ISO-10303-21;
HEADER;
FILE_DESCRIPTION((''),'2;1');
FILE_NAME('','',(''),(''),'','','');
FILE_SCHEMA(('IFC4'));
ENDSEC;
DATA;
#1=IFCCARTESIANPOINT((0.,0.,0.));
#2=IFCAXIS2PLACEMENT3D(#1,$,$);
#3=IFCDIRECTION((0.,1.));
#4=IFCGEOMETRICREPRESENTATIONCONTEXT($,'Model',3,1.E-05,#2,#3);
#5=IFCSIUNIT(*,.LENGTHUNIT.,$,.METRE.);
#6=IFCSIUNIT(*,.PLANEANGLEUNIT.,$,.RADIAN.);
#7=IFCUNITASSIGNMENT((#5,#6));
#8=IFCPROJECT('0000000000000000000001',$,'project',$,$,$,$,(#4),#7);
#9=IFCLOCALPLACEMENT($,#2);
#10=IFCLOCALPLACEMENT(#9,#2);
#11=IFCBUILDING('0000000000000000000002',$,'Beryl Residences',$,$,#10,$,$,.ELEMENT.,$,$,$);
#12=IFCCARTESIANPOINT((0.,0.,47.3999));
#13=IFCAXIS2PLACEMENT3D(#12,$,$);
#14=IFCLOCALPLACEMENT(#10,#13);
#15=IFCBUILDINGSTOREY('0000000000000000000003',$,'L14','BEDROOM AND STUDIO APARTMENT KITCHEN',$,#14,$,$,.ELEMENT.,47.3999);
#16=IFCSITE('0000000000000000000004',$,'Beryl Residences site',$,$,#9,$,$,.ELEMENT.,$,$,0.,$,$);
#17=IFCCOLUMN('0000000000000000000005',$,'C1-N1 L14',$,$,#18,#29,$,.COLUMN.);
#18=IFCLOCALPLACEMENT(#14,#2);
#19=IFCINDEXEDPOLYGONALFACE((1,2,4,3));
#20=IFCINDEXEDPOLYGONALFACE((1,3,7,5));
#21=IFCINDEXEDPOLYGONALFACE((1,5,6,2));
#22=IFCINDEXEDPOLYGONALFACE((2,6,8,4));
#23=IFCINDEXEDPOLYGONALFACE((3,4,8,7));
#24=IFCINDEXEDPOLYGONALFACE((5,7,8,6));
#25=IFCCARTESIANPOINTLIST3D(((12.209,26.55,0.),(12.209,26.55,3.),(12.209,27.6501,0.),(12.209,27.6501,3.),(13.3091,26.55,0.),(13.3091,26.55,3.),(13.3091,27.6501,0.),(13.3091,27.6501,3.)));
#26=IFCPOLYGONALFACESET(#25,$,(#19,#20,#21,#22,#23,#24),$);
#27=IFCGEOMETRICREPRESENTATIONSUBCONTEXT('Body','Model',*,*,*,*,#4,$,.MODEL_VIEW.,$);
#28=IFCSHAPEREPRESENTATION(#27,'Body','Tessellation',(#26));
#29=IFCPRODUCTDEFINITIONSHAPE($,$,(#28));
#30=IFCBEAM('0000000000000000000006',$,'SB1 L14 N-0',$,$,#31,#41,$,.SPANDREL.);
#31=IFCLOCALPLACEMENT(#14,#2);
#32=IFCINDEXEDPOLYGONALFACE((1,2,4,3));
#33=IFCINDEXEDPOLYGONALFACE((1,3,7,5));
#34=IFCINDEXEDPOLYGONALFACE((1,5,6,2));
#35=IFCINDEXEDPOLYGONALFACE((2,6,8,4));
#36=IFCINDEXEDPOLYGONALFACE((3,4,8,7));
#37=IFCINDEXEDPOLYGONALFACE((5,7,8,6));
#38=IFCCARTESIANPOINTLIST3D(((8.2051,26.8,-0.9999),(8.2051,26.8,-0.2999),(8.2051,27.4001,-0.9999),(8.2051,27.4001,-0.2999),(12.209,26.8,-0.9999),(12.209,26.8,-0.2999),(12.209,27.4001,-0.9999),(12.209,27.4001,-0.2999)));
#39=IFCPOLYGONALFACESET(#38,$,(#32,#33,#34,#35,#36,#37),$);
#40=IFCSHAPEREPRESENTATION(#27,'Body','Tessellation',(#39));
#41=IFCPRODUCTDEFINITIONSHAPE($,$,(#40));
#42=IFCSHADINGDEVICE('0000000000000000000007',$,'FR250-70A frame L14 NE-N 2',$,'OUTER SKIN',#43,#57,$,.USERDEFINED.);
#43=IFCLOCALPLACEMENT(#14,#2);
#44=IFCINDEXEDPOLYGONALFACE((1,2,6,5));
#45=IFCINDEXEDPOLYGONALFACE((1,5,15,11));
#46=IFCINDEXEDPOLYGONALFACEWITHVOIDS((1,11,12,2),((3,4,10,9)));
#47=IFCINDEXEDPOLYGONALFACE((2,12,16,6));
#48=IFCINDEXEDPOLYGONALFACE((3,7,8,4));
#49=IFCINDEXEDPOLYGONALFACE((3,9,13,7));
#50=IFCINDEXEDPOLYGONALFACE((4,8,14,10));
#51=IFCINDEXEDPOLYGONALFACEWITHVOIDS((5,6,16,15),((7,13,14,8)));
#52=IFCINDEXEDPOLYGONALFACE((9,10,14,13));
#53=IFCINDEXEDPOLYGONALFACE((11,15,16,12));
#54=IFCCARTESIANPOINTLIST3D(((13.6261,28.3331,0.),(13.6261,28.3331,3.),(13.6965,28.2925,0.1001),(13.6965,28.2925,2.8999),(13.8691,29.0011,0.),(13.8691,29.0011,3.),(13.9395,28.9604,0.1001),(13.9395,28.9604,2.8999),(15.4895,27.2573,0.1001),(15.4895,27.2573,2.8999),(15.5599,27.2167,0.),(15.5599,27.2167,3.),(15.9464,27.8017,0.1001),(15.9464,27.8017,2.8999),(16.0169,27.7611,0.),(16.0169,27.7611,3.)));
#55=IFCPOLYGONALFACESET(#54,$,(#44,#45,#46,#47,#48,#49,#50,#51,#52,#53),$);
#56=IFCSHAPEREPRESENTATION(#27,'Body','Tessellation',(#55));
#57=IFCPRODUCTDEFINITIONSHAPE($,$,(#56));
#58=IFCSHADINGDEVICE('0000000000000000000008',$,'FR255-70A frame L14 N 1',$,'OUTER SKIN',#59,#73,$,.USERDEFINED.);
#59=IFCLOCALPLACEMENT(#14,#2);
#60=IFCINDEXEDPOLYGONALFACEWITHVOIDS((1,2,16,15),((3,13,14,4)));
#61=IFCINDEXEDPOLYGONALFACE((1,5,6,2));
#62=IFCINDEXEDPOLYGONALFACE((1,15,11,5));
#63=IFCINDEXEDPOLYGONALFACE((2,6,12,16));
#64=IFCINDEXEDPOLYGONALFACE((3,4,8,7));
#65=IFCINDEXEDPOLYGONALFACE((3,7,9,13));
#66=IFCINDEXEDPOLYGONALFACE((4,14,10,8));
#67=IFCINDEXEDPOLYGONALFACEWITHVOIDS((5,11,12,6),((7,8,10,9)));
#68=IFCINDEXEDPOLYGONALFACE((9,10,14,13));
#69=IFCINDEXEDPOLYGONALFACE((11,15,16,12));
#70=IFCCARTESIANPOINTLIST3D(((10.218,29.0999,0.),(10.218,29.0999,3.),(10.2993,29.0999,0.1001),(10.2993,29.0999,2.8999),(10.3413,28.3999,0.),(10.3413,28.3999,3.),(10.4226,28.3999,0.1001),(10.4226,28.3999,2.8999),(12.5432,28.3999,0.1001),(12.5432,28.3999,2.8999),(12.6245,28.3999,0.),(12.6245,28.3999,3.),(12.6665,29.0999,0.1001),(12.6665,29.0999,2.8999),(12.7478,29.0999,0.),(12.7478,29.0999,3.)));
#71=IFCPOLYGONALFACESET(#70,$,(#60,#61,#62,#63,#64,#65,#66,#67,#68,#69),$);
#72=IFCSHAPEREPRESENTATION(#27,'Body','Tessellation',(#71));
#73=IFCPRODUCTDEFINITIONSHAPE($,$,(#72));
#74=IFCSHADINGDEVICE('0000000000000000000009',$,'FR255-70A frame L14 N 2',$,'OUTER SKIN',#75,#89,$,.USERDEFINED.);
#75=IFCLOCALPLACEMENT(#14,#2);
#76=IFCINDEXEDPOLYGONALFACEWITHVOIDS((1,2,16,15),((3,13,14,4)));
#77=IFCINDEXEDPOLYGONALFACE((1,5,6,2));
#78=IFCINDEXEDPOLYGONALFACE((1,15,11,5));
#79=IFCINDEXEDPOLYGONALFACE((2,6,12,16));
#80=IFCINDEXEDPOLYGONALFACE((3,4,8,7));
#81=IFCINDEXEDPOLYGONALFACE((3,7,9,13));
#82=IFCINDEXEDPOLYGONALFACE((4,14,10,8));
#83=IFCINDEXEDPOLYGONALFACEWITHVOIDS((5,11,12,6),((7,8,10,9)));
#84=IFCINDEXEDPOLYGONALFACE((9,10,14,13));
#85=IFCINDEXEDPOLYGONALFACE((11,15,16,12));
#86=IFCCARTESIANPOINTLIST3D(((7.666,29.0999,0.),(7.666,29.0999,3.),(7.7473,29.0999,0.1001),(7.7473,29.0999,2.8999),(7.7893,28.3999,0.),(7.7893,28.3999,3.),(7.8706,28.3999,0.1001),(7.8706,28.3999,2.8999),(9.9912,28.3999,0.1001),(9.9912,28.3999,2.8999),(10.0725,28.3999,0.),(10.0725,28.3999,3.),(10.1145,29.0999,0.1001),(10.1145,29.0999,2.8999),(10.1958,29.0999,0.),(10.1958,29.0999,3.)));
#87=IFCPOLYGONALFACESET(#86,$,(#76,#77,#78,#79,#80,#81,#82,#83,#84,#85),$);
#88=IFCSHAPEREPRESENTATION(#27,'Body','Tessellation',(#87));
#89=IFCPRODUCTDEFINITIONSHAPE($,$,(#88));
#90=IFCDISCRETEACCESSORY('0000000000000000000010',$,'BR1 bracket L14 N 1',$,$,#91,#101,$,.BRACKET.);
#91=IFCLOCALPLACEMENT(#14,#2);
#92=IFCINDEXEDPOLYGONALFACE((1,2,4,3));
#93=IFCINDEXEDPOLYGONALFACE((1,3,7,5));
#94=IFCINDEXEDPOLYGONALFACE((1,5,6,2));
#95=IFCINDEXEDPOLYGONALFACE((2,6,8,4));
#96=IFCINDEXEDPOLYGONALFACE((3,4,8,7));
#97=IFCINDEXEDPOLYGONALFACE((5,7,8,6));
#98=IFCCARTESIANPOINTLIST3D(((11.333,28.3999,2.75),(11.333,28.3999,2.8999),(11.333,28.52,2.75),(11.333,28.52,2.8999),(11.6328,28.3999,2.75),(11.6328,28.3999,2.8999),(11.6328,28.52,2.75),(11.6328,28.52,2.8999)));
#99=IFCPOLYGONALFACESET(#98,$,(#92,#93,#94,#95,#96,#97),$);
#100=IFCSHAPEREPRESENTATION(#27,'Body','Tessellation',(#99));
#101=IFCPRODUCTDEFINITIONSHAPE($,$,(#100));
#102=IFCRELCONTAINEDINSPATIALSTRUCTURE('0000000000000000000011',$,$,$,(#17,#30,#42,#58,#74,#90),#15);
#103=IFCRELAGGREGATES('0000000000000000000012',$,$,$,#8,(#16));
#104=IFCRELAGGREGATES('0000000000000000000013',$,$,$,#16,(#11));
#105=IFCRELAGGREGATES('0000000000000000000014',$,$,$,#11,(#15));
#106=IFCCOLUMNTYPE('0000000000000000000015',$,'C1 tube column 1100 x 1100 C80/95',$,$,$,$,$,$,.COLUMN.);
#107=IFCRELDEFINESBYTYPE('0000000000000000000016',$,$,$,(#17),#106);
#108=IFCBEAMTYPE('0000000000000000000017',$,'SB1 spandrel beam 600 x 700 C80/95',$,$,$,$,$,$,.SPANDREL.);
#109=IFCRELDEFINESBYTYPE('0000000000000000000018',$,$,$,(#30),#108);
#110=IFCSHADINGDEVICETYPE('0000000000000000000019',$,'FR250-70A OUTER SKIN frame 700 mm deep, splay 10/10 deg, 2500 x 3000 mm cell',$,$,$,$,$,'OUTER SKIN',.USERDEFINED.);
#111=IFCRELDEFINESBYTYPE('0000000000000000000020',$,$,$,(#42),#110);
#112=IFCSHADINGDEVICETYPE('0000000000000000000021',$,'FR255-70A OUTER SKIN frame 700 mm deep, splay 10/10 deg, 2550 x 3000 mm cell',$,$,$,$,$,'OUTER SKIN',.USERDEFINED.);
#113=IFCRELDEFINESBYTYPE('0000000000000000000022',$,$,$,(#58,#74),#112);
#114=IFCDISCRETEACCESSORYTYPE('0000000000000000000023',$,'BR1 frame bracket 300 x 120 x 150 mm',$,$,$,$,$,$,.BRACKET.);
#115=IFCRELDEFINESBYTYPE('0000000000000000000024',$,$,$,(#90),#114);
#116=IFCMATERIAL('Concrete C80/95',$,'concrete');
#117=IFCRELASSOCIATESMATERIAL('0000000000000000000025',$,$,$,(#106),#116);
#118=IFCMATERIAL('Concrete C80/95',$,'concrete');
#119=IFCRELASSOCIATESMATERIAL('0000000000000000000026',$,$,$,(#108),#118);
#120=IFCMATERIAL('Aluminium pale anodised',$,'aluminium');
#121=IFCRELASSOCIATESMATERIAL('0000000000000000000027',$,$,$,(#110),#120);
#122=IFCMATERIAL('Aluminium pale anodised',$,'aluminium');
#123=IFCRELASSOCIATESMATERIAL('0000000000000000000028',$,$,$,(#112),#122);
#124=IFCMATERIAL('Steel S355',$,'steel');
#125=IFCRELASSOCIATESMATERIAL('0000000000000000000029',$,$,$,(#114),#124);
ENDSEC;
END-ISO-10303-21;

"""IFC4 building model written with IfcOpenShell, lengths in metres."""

from ifc_helpers import new_model, entity, si_unit, direction, frame, origin, origin_2d, place, context, subcontext, project, spatial, polyline, rectangle, outline, extrude, source, transform, mapped, material, material_profile, profile_set, type_object, type_shapes, element, save


model = new_model("IFC4")

# Units and contexts
model_context = context("Model", 3, precision=1e-05, world=origin(), true_north=direction((0.0, 1.0)))
body_context = subcontext(model_context, "Body", "Model", "MODEL_VIEW")
ifc_project = project(units=[si_unit("LENGTHUNIT", "METRE"), si_unit("PLANEANGLEUNIT", "RADIAN")], contexts=[model_context])

# Site, building, storey
site_placement = place(None, origin())
site = spatial("IfcSite", under=ifc_project, at=site_placement, Name="Beryl Residences site", CompositionType="ELEMENT", RefElevation=0.0)
building_placement = place(site_placement, origin())
building = spatial("IfcBuilding", under=site, at=building_placement, Name="Beryl Residences", CompositionType="ELEMENT")
storey_placement = place(building_placement, frame((0.0, 0.0, 47.3999)))
storey = spatial("IfcBuildingStorey", under=building, at=storey_placement, Name="L14", Description="BEDROOM AND STUDIO APARTMENT KITCHEN", CompositionType="ELEMENT", Elevation=47.3999)

# Column
ifc_material_1 = material(Name="Concrete C80/95", Category="concrete")
ifc_material_profile_1 = material_profile(ifc_material_1, rectangle(XDim=1.1001, YDim=1.1001, at=origin_2d()))
ifc_profile_set_1 = profile_set([ifc_material_profile_1], Name="Concrete C80/95")
column_type = type_object("IfcColumnType", Name="C1 tube column 1100 x 1100 C80/95", PredefinedType="COLUMN", material=ifc_profile_set_1)
column_placement = place(storey_placement, frame((12.759, 27.1001, 0.0), z_axis=(0.0, 0.0, 1.0), x_axis=(-1.0, 0.0, 0.0)))
element("IfcColumn", 1, at=column_placement, inside=storey, type_object=column_type, Name="C1-N1 L14", PredefinedType="COLUMN", context=body_context, shape_type="SweptSolid", body=[
    extrude(rectangle(XDim=1.1001, YDim=1.1001, at=origin_2d()), origin(), (0.0, 0.0, 1.0), 3.0),
])

# Beam
ifc_material_2 = material(Name="Concrete C80/95", Category="concrete")
ifc_material_profile_2 = material_profile(ifc_material_2, rectangle(XDim=0.6001, YDim=0.7, at=origin_2d()))
ifc_profile_set_2 = profile_set([ifc_material_profile_2], Name="Concrete C80/95")
beam_type = type_object("IfcBeamType", Name="SB1 spandrel beam 600 x 700 C80/95", PredefinedType="SPANDREL", material=ifc_profile_set_2)
beam_placement = place(storey_placement, frame((12.209, 27.1001, -0.6499), z_axis=(-1.0, 0.0, 0.0), x_axis=(0.0, -1.0, 0.0)))
element("IfcBeam", 2, at=beam_placement, inside=storey, type_object=beam_type, Name="SB1 L14 N-0", PredefinedType="SPANDREL", context=body_context, shape_type="SweptSolid", body=[
    extrude(rectangle(XDim=0.6001, YDim=0.7, at=origin_2d()), origin(), (0.0, 0.0, 1.0), 4.0039),
])

# Shading devices
ifc_material_3 = material(Name="Aluminium pale anodised", Category="aluminium")
shading_device_type_1 = type_object("IfcShadingDeviceType", Name="FR250-70A OUTER SKIN frame 700 mm deep, splay 10/10 deg, 2500 x 3000 mm cell", ElementType="OUTER SKIN", PredefinedType="USERDEFINED", material=ifc_material_3)
cartesian_point_1 = entity("IfcCartesianPoint", [-1.1165, 0.0])
cartesian_point_2 = entity("IfcCartesianPoint", [-1.0352, 0.1001])
cartesian_point_3 = entity("IfcCartesianPoint", [-1.24, 0.0])
cartesian_point_4 = entity("IfcCartesianPoint", [-1.1587, 0.1001])
shared_shape_1 = source(origin(), body_context, "Body", "SweptSolid", [
    entity("IfcExtrudedAreaSolidTapered", entity("IfcArbitraryProfileDefWithVoids", "AREA", None, entity("IfcPolyline", [cartesian_point_1, entity("IfcCartesianPoint", [1.1165, 0.0]), entity("IfcCartesianPoint", [1.1165, 3.0]), entity("IfcCartesianPoint", [-1.1165, 3.0]), cartesian_point_1]), [entity("IfcPolyline", [cartesian_point_2, entity("IfcCartesianPoint", [1.0352, 0.1001]), entity("IfcCartesianPoint", [1.0352, 2.8999]), entity("IfcCartesianPoint", [-1.0352, 2.8999]), cartesian_point_2])]), entity("IfcAxis2Placement3D", entity("IfcCartesianPoint", [0.0, 0.0, 0.0]), entity("IfcDirection", [0.0, 1.0, 0.0]), entity("IfcDirection", [-1.0, 0.0, 0.0])), entity("IfcDirection", [0.0, 0.0, 1.0]), 0.7, entity("IfcArbitraryProfileDefWithVoids", "AREA", None, entity("IfcPolyline", [cartesian_point_3, entity("IfcCartesianPoint", [1.24, 0.0]), entity("IfcCartesianPoint", [1.24, 3.0]), entity("IfcCartesianPoint", [-1.24, 3.0]), cartesian_point_3]), [entity("IfcPolyline", [cartesian_point_4, entity("IfcCartesianPoint", [1.1587, 0.1001]), entity("IfcCartesianPoint", [1.1587, 2.8999]), entity("IfcCartesianPoint", [-1.1587, 2.8999]), cartesian_point_4])])),
])
type_shapes(shading_device_type_1, [shared_shape_1])
shading_device_placement = place(storey_placement, frame((14.593, 27.7749, 0.0), z_axis=(0.0, 0.0, 1.0), x_axis=(0.866025, -0.5, 0.0)))
element("IfcShadingDevice", 3, at=shading_device_placement, inside=storey, type_object=shading_device_type_1, Name="FR250-70A frame L14 NE-N 2", ObjectType="OUTER SKIN", PredefinedType="USERDEFINED", context=body_context, shape_type="MappedRepresentation", body=[
    mapped(shared_shape_1, transform((0.0, 0.0, 0.0))),
])
ifc_material_4 = material(Name="Aluminium pale anodised", Category="aluminium")
shading_device_type_2 = type_object("IfcShadingDeviceType", Name="FR255-70A OUTER SKIN frame 700 mm deep, splay 10/10 deg, 2550 x 3000 mm cell", ElementType="OUTER SKIN", PredefinedType="USERDEFINED", material=ifc_material_4)
cartesian_point_5 = entity("IfcCartesianPoint", [-1.1416, 0.0])
cartesian_point_6 = entity("IfcCartesianPoint", [-1.0603, 0.1001])
cartesian_point_7 = entity("IfcCartesianPoint", [-1.2649, 0.0])
cartesian_point_8 = entity("IfcCartesianPoint", [-1.1836, 0.1001])
shared_shape_2 = source(origin(), body_context, "Body", "SweptSolid", [
    entity("IfcExtrudedAreaSolidTapered", entity("IfcArbitraryProfileDefWithVoids", "AREA", None, entity("IfcPolyline", [cartesian_point_5, entity("IfcCartesianPoint", [1.1416, 0.0]), entity("IfcCartesianPoint", [1.1416, 3.0]), entity("IfcCartesianPoint", [-1.1416, 3.0]), cartesian_point_5]), [entity("IfcPolyline", [cartesian_point_6, entity("IfcCartesianPoint", [1.0603, 0.1001]), entity("IfcCartesianPoint", [1.0603, 2.8999]), entity("IfcCartesianPoint", [-1.0603, 2.8999]), cartesian_point_6])]), entity("IfcAxis2Placement3D", entity("IfcCartesianPoint", [0.0, 0.0, 0.0]), entity("IfcDirection", [0.0, 1.0, 0.0]), entity("IfcDirection", [-1.0, 0.0, 0.0])), entity("IfcDirection", [0.0, 0.0, 1.0]), 0.7, entity("IfcArbitraryProfileDefWithVoids", "AREA", None, entity("IfcPolyline", [cartesian_point_7, entity("IfcCartesianPoint", [1.2649, 0.0]), entity("IfcCartesianPoint", [1.2649, 3.0]), entity("IfcCartesianPoint", [-1.2649, 3.0]), cartesian_point_7]), [entity("IfcPolyline", [cartesian_point_8, entity("IfcCartesianPoint", [1.1836, 0.1001]), entity("IfcCartesianPoint", [1.1836, 2.8999]), entity("IfcCartesianPoint", [-1.1836, 2.8999]), cartesian_point_8])])),
])
type_shapes(shading_device_type_2, [shared_shape_2])
for number, where, z_axis, x_axis, name in (
    (4, (11.4829, 28.3999, 0.0), (0.0, 0.0, 1.0), (1.0, 0.0, 0.0), "FR255-70A frame L14 N 1"),
    (5, (8.9309, 28.3999, 0.0), (0.0, 0.0, 1.0), (1.0, 0.0, 0.0), "FR255-70A frame L14 N 2"),
):
    element("IfcShadingDevice", number, at=place(storey_placement, frame(where, z_axis=z_axis, x_axis=x_axis)), inside=storey, type_object=shading_device_type_2, Name=name, ObjectType="OUTER SKIN", PredefinedType="USERDEFINED", context=body_context, shape_type="MappedRepresentation", body=[
        mapped(shared_shape_2, transform((0.0, 0.0, 0.0))),
    ])

# Discrete accessory
ifc_material_5 = material(Name="Steel S355", Category="steel")
discrete_accessory_type = type_object("IfcDiscreteAccessoryType", Name="BR1 frame bracket 300 x 120 x 150 mm", PredefinedType="BRACKET", material=ifc_material_5)
shared_shape_3 = source(origin(), body_context, "Body", "SweptSolid", [
    extrude(outline(polyline([(-0.1499, 0.0), (0.1499, 0.0), (0.1499, 0.1201), (-0.1499, 0.1201), (-0.1499, 0.0)])), origin(), (0.0, 0.0, 1.0), 0.1499),
])
type_shapes(discrete_accessory_type, [shared_shape_3])
discrete_accessory_placement = place(storey_placement, frame((11.4829, 28.3999, 2.75), z_axis=(0.0, 0.0, 1.0), x_axis=(1.0, 0.0, 0.0)))
element("IfcDiscreteAccessory", 6, at=discrete_accessory_placement, inside=storey, type_object=discrete_accessory_type, Name="BR1 bracket L14 N 1", PredefinedType="BRACKET", context=body_context, shape_type="MappedRepresentation", body=[
    mapped(shared_shape_3, transform((0.0, 0.0, 0.0))),
])

save(model, "model.ifc")
